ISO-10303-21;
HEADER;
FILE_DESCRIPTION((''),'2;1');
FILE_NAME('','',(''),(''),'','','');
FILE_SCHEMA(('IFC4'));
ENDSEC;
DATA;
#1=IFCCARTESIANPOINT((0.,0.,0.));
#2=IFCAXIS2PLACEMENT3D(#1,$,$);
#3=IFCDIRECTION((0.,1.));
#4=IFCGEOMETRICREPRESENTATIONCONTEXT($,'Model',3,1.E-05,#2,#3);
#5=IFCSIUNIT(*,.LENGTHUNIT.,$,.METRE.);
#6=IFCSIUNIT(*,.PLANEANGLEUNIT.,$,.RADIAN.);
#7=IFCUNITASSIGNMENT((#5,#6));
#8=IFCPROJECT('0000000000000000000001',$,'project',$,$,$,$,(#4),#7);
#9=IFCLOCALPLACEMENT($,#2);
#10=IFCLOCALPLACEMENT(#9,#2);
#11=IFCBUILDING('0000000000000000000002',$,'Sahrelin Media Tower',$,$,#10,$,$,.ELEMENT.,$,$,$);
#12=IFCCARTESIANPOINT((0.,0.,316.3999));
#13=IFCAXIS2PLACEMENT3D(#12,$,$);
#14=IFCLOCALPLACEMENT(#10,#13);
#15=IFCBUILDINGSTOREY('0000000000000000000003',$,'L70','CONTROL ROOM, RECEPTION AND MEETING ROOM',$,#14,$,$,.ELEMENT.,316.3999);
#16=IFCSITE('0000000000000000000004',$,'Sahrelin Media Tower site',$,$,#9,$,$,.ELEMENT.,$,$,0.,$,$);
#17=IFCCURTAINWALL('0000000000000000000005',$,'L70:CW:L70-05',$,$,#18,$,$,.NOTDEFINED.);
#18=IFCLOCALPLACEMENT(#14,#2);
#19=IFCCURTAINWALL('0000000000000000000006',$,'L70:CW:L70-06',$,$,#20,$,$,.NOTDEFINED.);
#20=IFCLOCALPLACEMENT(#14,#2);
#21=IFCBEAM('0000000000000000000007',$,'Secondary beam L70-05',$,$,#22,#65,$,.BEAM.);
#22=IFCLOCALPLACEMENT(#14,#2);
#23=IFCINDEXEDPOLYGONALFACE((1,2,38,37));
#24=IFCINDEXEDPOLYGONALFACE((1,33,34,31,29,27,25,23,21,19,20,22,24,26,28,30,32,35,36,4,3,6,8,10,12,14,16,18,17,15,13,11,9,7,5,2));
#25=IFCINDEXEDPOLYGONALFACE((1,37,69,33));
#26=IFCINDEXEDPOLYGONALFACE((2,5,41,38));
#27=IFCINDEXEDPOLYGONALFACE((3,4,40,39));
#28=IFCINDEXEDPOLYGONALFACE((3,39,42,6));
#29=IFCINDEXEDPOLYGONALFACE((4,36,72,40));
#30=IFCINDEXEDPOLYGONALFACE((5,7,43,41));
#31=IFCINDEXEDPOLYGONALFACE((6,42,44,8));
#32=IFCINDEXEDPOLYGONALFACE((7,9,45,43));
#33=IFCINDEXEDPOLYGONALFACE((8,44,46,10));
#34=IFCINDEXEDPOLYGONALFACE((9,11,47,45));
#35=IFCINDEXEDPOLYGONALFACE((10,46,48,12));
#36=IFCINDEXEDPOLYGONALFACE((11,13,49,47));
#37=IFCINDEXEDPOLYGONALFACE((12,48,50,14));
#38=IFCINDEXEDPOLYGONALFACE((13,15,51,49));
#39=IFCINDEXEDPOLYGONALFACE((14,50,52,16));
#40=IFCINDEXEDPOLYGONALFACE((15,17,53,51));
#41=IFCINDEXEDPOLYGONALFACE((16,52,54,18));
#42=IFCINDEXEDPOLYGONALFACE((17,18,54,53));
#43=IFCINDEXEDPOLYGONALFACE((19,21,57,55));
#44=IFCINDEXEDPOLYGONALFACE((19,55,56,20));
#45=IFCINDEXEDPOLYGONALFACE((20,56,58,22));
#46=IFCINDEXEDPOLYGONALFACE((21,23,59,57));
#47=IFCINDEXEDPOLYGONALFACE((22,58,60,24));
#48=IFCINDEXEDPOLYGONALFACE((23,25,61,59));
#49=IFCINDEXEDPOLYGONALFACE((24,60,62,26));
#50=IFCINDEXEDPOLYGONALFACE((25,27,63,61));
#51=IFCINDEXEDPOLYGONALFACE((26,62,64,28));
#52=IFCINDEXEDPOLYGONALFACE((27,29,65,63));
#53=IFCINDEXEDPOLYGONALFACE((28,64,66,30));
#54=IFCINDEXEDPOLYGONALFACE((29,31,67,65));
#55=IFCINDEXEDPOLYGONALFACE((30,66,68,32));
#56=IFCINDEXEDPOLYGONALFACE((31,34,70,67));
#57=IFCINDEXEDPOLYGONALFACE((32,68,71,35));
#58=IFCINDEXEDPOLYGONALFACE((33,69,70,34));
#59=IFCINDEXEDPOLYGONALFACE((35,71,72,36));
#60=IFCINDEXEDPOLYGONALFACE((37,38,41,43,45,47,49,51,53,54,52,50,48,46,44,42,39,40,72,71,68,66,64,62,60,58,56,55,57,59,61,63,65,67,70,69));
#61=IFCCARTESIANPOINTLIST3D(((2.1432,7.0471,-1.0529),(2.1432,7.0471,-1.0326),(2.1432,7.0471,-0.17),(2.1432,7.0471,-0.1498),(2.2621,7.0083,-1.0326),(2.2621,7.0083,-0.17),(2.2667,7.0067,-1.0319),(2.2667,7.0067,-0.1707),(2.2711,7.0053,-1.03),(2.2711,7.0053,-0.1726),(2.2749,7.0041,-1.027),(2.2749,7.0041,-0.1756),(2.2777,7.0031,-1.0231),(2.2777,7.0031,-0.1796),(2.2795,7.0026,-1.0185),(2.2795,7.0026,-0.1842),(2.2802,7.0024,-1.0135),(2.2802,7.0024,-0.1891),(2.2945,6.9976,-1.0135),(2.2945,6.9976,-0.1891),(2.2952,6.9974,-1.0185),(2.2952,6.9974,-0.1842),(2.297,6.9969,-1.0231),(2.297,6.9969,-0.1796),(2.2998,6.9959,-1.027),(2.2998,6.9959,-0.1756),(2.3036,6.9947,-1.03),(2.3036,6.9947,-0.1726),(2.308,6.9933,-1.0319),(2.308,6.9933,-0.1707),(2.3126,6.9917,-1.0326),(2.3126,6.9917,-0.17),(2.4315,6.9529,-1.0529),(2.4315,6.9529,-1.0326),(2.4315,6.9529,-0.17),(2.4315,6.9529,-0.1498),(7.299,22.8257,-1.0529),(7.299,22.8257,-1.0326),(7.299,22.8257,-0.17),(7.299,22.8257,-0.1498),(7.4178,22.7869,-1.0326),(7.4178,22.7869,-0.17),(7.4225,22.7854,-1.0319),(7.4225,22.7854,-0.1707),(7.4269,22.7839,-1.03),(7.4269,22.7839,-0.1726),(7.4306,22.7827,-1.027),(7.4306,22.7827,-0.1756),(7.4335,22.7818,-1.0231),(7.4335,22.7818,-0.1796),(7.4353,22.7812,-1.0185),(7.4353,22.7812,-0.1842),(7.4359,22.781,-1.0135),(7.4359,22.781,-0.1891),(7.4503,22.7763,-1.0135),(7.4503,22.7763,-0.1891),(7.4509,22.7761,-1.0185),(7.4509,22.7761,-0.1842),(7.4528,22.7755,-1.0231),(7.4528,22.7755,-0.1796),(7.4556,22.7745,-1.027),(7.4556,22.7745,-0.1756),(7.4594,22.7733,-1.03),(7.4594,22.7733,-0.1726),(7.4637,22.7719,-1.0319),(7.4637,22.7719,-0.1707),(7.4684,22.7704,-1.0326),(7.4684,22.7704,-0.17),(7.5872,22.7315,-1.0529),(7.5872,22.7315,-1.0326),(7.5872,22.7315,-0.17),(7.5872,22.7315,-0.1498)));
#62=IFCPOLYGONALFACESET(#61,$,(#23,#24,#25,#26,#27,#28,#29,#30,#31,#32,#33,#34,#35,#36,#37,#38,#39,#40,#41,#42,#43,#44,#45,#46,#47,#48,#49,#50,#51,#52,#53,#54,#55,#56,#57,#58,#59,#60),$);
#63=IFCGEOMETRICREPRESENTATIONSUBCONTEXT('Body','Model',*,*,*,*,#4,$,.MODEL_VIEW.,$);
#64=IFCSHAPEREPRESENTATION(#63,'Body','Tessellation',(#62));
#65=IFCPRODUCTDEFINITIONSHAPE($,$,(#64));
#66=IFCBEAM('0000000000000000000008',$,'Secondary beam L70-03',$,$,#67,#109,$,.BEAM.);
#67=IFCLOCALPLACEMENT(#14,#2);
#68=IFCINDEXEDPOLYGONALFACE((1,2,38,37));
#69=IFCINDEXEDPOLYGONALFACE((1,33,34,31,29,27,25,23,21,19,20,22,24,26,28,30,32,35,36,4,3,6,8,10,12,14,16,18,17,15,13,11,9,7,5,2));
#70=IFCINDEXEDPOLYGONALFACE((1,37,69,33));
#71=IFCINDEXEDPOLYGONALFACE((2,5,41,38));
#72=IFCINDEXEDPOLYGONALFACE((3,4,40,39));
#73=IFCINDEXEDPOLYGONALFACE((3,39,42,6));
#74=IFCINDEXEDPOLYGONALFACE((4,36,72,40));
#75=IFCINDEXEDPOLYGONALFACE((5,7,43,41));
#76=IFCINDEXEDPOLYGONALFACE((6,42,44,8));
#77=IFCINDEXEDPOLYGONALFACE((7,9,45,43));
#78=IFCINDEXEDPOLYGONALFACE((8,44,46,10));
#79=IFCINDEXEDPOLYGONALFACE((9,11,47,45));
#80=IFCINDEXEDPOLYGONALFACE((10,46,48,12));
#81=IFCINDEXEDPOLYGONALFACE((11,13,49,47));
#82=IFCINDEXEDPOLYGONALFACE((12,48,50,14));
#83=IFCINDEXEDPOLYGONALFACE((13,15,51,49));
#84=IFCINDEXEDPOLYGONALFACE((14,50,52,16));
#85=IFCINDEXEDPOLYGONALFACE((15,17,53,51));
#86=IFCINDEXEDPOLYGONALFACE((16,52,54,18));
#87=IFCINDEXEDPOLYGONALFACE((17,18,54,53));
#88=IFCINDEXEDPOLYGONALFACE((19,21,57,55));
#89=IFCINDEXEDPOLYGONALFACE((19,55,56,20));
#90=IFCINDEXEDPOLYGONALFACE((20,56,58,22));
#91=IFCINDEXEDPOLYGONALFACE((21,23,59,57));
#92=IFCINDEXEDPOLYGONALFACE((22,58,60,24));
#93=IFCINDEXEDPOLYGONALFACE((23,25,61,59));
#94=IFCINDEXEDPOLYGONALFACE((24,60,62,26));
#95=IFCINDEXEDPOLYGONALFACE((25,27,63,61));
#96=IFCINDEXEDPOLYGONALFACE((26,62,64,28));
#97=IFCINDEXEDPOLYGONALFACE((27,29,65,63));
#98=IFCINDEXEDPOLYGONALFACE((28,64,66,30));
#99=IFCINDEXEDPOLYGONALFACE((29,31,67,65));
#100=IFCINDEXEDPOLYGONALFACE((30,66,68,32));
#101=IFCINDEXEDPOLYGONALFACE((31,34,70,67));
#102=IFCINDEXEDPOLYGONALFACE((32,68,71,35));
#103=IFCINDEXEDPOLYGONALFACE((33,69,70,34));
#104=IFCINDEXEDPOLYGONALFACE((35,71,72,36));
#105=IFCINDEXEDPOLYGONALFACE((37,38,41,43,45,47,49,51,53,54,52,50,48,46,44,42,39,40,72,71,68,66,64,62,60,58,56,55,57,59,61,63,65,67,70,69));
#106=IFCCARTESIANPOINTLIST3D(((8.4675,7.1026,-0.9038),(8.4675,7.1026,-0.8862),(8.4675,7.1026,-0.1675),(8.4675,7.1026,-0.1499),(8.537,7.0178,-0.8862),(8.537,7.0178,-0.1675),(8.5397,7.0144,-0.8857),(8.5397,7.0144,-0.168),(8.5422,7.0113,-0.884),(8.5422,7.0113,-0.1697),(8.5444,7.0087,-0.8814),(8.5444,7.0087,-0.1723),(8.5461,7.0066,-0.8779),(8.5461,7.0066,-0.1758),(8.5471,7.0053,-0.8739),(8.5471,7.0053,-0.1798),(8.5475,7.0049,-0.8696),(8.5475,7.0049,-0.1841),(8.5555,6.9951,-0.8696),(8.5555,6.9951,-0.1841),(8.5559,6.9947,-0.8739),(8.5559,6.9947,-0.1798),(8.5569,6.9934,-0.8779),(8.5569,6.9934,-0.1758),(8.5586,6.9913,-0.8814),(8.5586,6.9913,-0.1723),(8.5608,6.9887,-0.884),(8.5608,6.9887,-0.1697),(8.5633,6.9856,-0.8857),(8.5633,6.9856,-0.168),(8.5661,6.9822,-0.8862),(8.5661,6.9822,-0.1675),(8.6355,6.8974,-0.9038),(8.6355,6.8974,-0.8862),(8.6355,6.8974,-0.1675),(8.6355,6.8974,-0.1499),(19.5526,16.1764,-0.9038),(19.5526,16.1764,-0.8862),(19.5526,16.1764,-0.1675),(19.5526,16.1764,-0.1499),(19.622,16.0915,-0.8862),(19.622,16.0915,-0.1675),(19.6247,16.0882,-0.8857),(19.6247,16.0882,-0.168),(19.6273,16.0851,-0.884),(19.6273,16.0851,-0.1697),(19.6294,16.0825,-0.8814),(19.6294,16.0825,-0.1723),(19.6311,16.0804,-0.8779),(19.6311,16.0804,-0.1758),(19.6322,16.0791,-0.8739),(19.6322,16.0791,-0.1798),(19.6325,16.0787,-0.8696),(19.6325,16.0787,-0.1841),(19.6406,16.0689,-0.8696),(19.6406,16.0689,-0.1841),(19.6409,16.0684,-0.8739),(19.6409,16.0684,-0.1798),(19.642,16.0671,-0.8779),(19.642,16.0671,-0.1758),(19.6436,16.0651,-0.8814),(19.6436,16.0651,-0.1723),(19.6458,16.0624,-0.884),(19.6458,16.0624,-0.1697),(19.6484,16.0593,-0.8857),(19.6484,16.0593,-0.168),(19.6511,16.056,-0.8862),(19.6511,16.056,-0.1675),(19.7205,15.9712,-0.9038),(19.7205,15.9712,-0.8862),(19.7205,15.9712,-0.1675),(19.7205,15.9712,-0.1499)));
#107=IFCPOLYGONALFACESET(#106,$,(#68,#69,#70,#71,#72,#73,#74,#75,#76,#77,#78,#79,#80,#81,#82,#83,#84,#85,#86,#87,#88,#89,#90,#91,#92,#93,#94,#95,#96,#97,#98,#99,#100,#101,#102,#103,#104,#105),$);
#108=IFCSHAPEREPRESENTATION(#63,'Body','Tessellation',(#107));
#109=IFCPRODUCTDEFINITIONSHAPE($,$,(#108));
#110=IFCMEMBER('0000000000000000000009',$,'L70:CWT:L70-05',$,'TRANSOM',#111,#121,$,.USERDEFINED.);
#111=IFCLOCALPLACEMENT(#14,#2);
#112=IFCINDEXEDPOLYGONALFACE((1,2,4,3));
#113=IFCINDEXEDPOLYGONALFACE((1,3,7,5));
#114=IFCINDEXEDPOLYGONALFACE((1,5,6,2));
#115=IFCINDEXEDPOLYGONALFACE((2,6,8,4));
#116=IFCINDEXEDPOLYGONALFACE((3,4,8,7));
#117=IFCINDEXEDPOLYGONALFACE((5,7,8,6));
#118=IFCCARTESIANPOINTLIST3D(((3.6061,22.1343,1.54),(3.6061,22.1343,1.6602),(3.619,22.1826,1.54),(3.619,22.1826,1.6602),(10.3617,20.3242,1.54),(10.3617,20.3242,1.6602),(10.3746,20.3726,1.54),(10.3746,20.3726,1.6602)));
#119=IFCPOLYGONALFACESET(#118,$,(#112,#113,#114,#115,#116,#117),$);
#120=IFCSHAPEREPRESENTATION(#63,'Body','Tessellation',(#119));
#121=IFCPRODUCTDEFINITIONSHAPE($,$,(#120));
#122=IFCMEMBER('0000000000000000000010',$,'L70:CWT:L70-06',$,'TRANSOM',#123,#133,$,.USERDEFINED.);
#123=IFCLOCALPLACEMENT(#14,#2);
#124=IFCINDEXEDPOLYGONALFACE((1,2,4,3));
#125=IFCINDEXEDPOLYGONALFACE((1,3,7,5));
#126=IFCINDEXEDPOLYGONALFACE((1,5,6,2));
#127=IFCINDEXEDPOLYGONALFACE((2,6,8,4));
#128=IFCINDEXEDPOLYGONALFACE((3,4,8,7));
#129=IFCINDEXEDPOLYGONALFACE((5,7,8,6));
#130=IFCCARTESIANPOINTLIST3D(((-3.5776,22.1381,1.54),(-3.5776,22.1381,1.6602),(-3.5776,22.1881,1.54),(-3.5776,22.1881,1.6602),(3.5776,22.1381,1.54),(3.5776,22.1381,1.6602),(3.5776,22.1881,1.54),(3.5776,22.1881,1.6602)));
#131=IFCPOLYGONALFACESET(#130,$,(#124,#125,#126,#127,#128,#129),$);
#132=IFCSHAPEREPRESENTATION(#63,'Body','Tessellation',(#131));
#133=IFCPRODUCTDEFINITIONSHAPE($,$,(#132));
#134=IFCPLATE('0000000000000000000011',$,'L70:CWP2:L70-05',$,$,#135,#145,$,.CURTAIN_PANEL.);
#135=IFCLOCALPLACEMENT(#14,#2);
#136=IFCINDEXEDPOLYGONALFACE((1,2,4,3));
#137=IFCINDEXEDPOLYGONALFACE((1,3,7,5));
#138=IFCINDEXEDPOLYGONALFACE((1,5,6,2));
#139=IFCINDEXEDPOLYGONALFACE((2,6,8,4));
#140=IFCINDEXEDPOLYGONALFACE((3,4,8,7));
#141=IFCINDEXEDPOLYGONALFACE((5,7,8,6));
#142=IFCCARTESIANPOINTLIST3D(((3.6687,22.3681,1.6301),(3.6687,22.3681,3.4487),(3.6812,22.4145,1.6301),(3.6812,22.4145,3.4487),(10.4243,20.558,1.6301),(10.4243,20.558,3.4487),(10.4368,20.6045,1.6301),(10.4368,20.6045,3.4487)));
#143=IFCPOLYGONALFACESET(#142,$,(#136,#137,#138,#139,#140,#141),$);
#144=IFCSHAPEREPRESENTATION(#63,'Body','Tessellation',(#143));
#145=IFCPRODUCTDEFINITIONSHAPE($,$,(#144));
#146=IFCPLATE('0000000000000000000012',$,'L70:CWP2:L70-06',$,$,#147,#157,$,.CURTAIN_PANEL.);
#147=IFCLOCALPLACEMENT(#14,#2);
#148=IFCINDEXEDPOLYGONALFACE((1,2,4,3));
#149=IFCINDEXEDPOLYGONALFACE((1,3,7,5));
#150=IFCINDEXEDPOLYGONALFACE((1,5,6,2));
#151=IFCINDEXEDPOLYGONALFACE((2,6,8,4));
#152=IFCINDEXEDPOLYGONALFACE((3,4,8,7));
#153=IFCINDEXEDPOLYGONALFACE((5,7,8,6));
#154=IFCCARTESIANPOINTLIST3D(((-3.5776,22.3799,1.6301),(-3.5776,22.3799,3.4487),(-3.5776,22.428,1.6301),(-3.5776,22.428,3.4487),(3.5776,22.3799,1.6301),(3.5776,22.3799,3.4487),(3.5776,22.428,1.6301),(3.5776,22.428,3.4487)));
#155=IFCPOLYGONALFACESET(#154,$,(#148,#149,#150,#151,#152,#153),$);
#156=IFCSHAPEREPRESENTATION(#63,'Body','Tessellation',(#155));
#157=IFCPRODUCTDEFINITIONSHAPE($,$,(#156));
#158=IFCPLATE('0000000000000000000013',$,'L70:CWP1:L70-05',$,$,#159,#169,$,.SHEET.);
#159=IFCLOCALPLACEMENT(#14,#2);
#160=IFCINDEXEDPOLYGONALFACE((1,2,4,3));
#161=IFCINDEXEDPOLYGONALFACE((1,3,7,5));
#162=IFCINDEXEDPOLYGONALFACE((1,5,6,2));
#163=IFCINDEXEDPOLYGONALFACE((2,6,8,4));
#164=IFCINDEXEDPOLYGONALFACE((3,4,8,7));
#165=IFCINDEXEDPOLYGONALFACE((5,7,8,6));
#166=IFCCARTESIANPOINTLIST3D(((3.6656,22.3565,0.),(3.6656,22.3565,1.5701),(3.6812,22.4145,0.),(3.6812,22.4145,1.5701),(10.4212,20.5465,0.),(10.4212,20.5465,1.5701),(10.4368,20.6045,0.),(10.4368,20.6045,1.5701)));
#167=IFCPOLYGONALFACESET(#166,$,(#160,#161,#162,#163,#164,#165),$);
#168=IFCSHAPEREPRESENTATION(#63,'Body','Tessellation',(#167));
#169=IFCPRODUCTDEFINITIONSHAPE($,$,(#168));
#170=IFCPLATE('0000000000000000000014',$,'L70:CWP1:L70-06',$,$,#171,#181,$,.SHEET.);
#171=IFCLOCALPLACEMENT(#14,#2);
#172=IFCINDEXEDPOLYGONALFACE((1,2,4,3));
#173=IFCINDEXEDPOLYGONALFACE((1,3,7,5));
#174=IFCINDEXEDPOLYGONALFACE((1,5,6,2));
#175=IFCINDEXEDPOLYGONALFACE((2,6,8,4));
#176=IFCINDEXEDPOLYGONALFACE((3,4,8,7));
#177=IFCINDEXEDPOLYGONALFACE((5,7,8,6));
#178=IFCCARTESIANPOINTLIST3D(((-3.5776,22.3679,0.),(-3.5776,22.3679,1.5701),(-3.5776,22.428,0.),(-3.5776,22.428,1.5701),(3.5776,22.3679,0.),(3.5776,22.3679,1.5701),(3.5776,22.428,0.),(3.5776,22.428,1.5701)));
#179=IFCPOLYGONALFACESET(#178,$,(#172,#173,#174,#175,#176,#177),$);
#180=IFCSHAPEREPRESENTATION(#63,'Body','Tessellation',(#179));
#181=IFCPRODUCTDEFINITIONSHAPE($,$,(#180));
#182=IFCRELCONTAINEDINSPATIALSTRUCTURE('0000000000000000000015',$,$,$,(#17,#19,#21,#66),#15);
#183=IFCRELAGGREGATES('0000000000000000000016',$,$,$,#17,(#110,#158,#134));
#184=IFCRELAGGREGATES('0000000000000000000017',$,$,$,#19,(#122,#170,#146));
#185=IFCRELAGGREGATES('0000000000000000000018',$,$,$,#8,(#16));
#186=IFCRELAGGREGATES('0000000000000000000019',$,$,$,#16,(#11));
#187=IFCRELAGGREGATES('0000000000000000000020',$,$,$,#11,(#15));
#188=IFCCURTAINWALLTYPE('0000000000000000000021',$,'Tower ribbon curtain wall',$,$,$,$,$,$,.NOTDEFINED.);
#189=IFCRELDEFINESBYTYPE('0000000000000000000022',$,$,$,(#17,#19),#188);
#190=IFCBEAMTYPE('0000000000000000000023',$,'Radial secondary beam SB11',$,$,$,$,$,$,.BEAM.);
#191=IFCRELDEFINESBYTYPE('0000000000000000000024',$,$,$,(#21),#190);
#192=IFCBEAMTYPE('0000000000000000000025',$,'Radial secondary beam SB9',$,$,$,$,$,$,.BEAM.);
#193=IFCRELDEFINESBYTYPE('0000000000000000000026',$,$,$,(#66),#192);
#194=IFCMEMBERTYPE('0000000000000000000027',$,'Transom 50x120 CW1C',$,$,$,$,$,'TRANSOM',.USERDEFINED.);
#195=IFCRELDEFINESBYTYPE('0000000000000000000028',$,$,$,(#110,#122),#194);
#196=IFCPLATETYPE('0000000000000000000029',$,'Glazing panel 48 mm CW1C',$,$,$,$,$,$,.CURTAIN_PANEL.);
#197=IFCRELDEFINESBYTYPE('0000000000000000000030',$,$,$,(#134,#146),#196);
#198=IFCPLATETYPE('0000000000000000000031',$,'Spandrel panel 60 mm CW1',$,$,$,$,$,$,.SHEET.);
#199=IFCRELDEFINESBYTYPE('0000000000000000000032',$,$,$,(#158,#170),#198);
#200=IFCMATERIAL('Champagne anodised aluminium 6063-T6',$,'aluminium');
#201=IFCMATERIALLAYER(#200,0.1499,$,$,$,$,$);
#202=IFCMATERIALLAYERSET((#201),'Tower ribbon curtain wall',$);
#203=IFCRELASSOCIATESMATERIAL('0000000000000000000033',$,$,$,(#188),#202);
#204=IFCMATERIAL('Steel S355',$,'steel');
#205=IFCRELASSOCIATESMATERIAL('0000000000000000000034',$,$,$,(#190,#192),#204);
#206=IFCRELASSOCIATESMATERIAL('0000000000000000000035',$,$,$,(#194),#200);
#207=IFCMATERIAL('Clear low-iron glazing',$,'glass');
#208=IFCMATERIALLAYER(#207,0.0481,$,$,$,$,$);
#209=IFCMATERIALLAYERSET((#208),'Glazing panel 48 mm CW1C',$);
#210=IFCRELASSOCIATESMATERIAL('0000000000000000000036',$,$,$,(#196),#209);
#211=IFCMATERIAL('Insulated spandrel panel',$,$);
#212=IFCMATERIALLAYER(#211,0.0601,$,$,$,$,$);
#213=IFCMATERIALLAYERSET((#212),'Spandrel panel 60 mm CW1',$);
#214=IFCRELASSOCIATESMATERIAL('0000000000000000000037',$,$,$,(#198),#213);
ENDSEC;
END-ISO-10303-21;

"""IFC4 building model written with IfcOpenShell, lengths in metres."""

from ifc_helpers import new_model, si_unit, direction, frame, origin, origin_2d, place, context, subcontext, project, spatial, polyline, rectangle, i_section, outline, extrude, material, layer, layer_set, material_profile, profile_set, type_object, element, aggregate, save


model = new_model("IFC4")

# Units and contexts
model_context = context("Model", 3, precision=1e-05, world=origin(), true_north=direction((0.0, 1.0)))
body_context = subcontext(model_context, "Body", "Model", "MODEL_VIEW")
ifc_project = project(units=[si_unit("LENGTHUNIT", "METRE"), si_unit("PLANEANGLEUNIT", "RADIAN")], contexts=[model_context])

# Site, building, storey
site_placement = place(None, origin())
site = spatial("IfcSite", under=ifc_project, at=site_placement, Name="Sahrelin Media Tower site", CompositionType="ELEMENT", RefElevation=0.0)
building_placement = place(site_placement, origin())
building = spatial("IfcBuilding", under=site, at=building_placement, Name="Sahrelin Media Tower", CompositionType="ELEMENT")
storey_placement = place(building_placement, frame((0.0, 0.0, 316.3999)))
storey = spatial("IfcBuildingStorey", under=building, at=storey_placement, Name="L70", Description="CONTROL ROOM, RECEPTION AND MEETING ROOM", CompositionType="ELEMENT", Elevation=316.3999)

# Shared definitions
ifc_material_1 = material(Name="Steel S355", Category="steel")

# Curtain walls
ifc_material_2 = material(Name="Champagne anodised aluminium 6063-T6", Category="aluminium")
ifc_layer_1 = layer(ifc_material_2, 0.1499)
ifc_layer_set_1 = layer_set([ifc_layer_1], Name="Tower ribbon curtain wall")
curtain_wall_type = type_object("IfcCurtainWallType", Name="Tower ribbon curtain wall", PredefinedType="NOTDEFINED", material=ifc_layer_set_1)
curtain_wall_1_placement = place(storey_placement, frame((7.0537, 21.49, 0.0), z_axis=(0.0, 0.0, 1.0), x_axis=(1.0, 0.0, 0.0)))
curtain_wall_1 = element("IfcCurtainWall", 1, at=curtain_wall_1_placement, inside=storey, type_object=curtain_wall_type, Name="L70:CW:L70-05", PredefinedType="NOTDEFINED")
placement_1 = place(storey_placement, frame((0.0, 22.4082, 0.0), z_axis=(0.0, 0.0, 1.0), x_axis=(1.0, 0.0, 0.0)))
curtain_wall_2 = element("IfcCurtainWall", 2, at=placement_1, inside=storey, type_object=curtain_wall_type, Name="L70:CW:L70-06", PredefinedType="NOTDEFINED")

# Beams
ifc_material_profile_1 = material_profile(ifc_material_1, i_section(OverallWidth=0.3032, OverallDepth=0.9031, WebThickness=0.0151, FlangeThickness=0.0203, FilletRadius=0.019, at=origin_2d()), Name="UB 914x305x201")
ifc_profile_set_1 = profile_set([ifc_material_profile_1], Name="Steel S355")
beam_type_1 = type_object("IfcBeamType", Name="Radial secondary beam SB11", PredefinedType="BEAM", material=ifc_profile_set_1)
beam_1_placement = place(storey_placement, frame((2.2874, 7.0, -0.6013), z_axis=(0.310597, 0.950542, 0.0), x_axis=(-0.950542, 0.310597, 0.0)))
element("IfcBeam", 3, at=beam_1_placement, inside=storey, type_object=beam_type_1, Name="Secondary beam L70-05", PredefinedType="BEAM", context=body_context, shape_type="SweptSolid", body=[
    extrude(i_section(OverallWidth=0.3032, OverallDepth=0.9031, WebThickness=0.0151, FlangeThickness=0.0203, FilletRadius=0.019, at=origin_2d()), origin(), (0.0, 0.0, 1.0), 16.5996),
])
ifc_material_profile_2 = material_profile(ifc_material_1, i_section(OverallWidth=0.2651, OverallDepth=0.7539, WebThickness=0.0127, FlangeThickness=0.0176, FilletRadius=0.0166, at=origin_2d()), Name="UB 762x267x147")
ifc_profile_set_2 = profile_set([ifc_material_profile_2], Name="Steel S355")
beam_type_2 = type_object("IfcBeamType", Name="Radial secondary beam SB9", PredefinedType="BEAM", material=ifc_profile_set_2)
beam_2_placement = place(storey_placement, frame((8.5515, 7.0, -0.5269), z_axis=(0.773813, 0.633414, 0.0), x_axis=(-0.633414, 0.773813, 0.0)))
element("IfcBeam", 4, at=beam_2_placement, inside=storey, type_object=beam_type_2, Name="Secondary beam L70-03", PredefinedType="BEAM", context=body_context, shape_type="SweptSolid", body=[
    extrude(i_section(OverallWidth=0.2651, OverallDepth=0.7539, WebThickness=0.0127, FlangeThickness=0.0176, FilletRadius=0.0166, at=origin_2d()), origin(), (0.0, 0.0, 1.0), 14.3252),
])

# Members
ifc_material_profile_3 = material_profile(ifc_material_2, rectangle(XDim=0.05, YDim=0.1201, at=origin_2d()), Name="Transom 50x120")
ifc_profile_set_3 = profile_set([ifc_material_profile_3], Name="Champagne anodised aluminium 6063-T6")
member_type_1 = type_object("IfcMemberType", Name="Transom 50x120 CW1C", ElementType="TRANSOM", PredefinedType="USERDEFINED", material=ifc_profile_set_3)
member_1_placement = place(storey_placement, frame((10.3682, 20.3484, 1.6001), z_axis=(-0.96593, 0.258805, 0.0), x_axis=(-0.258805, -0.96593, 0.0)))
member_1 = element("IfcMember", 5, at=member_1_placement, type_object=member_type_1, Name="L70:CWT:L70-05", ObjectType="TRANSOM", PredefinedType="USERDEFINED", context=body_context, shape_type="SweptSolid", body=[
    extrude(rectangle(XDim=0.05, YDim=0.1201, at=origin_2d()), origin(), (0.0, 0.0, 1.0), 6.9939),
])
member_2_placement = place(storey_placement, frame((3.5776, 22.1631, 1.6001), z_axis=(-1.0, 0.0, 0.0), x_axis=(0.0, -1.0, 0.0)))
member_2 = element("IfcMember", 6, at=member_2_placement, type_object=member_type_1, Name="L70:CWT:L70-06", ObjectType="TRANSOM", PredefinedType="USERDEFINED", context=body_context, shape_type="SweptSolid", body=[
    extrude(rectangle(XDim=0.05, YDim=0.1201, at=origin_2d()), origin(), (0.0, 0.0, 1.0), 7.1553),
])

# Plates
ifc_material_3 = material(Name="Clear low-iron glazing", Category="glass")
ifc_layer_2 = layer(ifc_material_3, 0.0481)
ifc_layer_set_2 = layer_set([ifc_layer_2], Name="Glazing panel 48 mm CW1C")
plate_type_1 = type_object("IfcPlateType", Name="Glazing panel 48 mm CW1C", PredefinedType="CURTAIN_PANEL", material=ifc_layer_set_2)
plate_1_placement = place(storey_placement, frame((10.4368, 20.6045, 1.6301), z_axis=(0.258805, 0.96593, 0.0), x_axis=(-0.96593, 0.258805, 0.0)))
plate_1 = element("IfcPlate", 7, at=plate_1_placement, type_object=plate_type_1, Name="L70:CWP2:L70-05", PredefinedType="CURTAIN_PANEL", context=body_context, shape_type="SweptSolid", body=[
    extrude(outline(polyline([(0.0, 0.0), (6.9939, 0.0), (6.9939, 1.8186), (0.0, 1.8186), (0.0, 0.0)])), origin(), (0.0, 0.0, -1.0), 0.0481),
])
plate_2_placement = place(storey_placement, frame((3.5776, 22.428, 1.6301), z_axis=(0.0, 1.0, 0.0), x_axis=(-1.0, 0.0, 0.0)))
plate_2 = element("IfcPlate", 8, at=plate_2_placement, type_object=plate_type_1, Name="L70:CWP2:L70-06", PredefinedType="CURTAIN_PANEL", context=body_context, shape_type="SweptSolid", body=[
    extrude(outline(polyline([(0.0, 0.0), (7.1553, 0.0), (7.1553, 1.8186), (0.0, 1.8186), (0.0, 0.0)])), origin(), (0.0, 0.0, -1.0), 0.0481),
])
ifc_material_4 = material(Name="Insulated spandrel panel")
ifc_layer_3 = layer(ifc_material_4, 0.0601)
ifc_layer_set_3 = layer_set([ifc_layer_3], Name="Spandrel panel 60 mm CW1")
plate_type_2 = type_object("IfcPlateType", Name="Spandrel panel 60 mm CW1", PredefinedType="SHEET", material=ifc_layer_set_3)
plate_3_placement = place(storey_placement, frame((10.4368, 20.6045, 0.0), z_axis=(0.258805, 0.96593, 0.0), x_axis=(-0.96593, 0.258805, 0.0)))
plate_3 = element("IfcPlate", 9, at=plate_3_placement, type_object=plate_type_2, Name="L70:CWP1:L70-05", PredefinedType="SHEET", context=body_context, shape_type="SweptSolid", body=[
    extrude(outline(polyline([(0.0, 0.0), (6.9939, 0.0), (6.9939, 1.5701), (0.0, 1.5701), (0.0, 0.0)])), origin(), (0.0, 0.0, -1.0), 0.0601),
])
aggregate(curtain_wall_1, [member_1, plate_3, plate_1])
plate_4_placement = place(storey_placement, frame((3.5776, 22.428, 0.0), z_axis=(0.0, 1.0, 0.0), x_axis=(-1.0, 0.0, 0.0)))
plate_4 = element("IfcPlate", 10, at=plate_4_placement, type_object=plate_type_2, Name="L70:CWP1:L70-06", PredefinedType="SHEET", context=body_context, shape_type="SweptSolid", body=[
    extrude(outline(polyline([(0.0, 0.0), (7.1553, 0.0), (7.1553, 1.5701), (0.0, 1.5701), (0.0, 0.0)])), origin(), (0.0, 0.0, -1.0), 0.0601),
])
aggregate(curtain_wall_2, [member_2, plate_4, plate_2])

save(model, "model.ifc")
